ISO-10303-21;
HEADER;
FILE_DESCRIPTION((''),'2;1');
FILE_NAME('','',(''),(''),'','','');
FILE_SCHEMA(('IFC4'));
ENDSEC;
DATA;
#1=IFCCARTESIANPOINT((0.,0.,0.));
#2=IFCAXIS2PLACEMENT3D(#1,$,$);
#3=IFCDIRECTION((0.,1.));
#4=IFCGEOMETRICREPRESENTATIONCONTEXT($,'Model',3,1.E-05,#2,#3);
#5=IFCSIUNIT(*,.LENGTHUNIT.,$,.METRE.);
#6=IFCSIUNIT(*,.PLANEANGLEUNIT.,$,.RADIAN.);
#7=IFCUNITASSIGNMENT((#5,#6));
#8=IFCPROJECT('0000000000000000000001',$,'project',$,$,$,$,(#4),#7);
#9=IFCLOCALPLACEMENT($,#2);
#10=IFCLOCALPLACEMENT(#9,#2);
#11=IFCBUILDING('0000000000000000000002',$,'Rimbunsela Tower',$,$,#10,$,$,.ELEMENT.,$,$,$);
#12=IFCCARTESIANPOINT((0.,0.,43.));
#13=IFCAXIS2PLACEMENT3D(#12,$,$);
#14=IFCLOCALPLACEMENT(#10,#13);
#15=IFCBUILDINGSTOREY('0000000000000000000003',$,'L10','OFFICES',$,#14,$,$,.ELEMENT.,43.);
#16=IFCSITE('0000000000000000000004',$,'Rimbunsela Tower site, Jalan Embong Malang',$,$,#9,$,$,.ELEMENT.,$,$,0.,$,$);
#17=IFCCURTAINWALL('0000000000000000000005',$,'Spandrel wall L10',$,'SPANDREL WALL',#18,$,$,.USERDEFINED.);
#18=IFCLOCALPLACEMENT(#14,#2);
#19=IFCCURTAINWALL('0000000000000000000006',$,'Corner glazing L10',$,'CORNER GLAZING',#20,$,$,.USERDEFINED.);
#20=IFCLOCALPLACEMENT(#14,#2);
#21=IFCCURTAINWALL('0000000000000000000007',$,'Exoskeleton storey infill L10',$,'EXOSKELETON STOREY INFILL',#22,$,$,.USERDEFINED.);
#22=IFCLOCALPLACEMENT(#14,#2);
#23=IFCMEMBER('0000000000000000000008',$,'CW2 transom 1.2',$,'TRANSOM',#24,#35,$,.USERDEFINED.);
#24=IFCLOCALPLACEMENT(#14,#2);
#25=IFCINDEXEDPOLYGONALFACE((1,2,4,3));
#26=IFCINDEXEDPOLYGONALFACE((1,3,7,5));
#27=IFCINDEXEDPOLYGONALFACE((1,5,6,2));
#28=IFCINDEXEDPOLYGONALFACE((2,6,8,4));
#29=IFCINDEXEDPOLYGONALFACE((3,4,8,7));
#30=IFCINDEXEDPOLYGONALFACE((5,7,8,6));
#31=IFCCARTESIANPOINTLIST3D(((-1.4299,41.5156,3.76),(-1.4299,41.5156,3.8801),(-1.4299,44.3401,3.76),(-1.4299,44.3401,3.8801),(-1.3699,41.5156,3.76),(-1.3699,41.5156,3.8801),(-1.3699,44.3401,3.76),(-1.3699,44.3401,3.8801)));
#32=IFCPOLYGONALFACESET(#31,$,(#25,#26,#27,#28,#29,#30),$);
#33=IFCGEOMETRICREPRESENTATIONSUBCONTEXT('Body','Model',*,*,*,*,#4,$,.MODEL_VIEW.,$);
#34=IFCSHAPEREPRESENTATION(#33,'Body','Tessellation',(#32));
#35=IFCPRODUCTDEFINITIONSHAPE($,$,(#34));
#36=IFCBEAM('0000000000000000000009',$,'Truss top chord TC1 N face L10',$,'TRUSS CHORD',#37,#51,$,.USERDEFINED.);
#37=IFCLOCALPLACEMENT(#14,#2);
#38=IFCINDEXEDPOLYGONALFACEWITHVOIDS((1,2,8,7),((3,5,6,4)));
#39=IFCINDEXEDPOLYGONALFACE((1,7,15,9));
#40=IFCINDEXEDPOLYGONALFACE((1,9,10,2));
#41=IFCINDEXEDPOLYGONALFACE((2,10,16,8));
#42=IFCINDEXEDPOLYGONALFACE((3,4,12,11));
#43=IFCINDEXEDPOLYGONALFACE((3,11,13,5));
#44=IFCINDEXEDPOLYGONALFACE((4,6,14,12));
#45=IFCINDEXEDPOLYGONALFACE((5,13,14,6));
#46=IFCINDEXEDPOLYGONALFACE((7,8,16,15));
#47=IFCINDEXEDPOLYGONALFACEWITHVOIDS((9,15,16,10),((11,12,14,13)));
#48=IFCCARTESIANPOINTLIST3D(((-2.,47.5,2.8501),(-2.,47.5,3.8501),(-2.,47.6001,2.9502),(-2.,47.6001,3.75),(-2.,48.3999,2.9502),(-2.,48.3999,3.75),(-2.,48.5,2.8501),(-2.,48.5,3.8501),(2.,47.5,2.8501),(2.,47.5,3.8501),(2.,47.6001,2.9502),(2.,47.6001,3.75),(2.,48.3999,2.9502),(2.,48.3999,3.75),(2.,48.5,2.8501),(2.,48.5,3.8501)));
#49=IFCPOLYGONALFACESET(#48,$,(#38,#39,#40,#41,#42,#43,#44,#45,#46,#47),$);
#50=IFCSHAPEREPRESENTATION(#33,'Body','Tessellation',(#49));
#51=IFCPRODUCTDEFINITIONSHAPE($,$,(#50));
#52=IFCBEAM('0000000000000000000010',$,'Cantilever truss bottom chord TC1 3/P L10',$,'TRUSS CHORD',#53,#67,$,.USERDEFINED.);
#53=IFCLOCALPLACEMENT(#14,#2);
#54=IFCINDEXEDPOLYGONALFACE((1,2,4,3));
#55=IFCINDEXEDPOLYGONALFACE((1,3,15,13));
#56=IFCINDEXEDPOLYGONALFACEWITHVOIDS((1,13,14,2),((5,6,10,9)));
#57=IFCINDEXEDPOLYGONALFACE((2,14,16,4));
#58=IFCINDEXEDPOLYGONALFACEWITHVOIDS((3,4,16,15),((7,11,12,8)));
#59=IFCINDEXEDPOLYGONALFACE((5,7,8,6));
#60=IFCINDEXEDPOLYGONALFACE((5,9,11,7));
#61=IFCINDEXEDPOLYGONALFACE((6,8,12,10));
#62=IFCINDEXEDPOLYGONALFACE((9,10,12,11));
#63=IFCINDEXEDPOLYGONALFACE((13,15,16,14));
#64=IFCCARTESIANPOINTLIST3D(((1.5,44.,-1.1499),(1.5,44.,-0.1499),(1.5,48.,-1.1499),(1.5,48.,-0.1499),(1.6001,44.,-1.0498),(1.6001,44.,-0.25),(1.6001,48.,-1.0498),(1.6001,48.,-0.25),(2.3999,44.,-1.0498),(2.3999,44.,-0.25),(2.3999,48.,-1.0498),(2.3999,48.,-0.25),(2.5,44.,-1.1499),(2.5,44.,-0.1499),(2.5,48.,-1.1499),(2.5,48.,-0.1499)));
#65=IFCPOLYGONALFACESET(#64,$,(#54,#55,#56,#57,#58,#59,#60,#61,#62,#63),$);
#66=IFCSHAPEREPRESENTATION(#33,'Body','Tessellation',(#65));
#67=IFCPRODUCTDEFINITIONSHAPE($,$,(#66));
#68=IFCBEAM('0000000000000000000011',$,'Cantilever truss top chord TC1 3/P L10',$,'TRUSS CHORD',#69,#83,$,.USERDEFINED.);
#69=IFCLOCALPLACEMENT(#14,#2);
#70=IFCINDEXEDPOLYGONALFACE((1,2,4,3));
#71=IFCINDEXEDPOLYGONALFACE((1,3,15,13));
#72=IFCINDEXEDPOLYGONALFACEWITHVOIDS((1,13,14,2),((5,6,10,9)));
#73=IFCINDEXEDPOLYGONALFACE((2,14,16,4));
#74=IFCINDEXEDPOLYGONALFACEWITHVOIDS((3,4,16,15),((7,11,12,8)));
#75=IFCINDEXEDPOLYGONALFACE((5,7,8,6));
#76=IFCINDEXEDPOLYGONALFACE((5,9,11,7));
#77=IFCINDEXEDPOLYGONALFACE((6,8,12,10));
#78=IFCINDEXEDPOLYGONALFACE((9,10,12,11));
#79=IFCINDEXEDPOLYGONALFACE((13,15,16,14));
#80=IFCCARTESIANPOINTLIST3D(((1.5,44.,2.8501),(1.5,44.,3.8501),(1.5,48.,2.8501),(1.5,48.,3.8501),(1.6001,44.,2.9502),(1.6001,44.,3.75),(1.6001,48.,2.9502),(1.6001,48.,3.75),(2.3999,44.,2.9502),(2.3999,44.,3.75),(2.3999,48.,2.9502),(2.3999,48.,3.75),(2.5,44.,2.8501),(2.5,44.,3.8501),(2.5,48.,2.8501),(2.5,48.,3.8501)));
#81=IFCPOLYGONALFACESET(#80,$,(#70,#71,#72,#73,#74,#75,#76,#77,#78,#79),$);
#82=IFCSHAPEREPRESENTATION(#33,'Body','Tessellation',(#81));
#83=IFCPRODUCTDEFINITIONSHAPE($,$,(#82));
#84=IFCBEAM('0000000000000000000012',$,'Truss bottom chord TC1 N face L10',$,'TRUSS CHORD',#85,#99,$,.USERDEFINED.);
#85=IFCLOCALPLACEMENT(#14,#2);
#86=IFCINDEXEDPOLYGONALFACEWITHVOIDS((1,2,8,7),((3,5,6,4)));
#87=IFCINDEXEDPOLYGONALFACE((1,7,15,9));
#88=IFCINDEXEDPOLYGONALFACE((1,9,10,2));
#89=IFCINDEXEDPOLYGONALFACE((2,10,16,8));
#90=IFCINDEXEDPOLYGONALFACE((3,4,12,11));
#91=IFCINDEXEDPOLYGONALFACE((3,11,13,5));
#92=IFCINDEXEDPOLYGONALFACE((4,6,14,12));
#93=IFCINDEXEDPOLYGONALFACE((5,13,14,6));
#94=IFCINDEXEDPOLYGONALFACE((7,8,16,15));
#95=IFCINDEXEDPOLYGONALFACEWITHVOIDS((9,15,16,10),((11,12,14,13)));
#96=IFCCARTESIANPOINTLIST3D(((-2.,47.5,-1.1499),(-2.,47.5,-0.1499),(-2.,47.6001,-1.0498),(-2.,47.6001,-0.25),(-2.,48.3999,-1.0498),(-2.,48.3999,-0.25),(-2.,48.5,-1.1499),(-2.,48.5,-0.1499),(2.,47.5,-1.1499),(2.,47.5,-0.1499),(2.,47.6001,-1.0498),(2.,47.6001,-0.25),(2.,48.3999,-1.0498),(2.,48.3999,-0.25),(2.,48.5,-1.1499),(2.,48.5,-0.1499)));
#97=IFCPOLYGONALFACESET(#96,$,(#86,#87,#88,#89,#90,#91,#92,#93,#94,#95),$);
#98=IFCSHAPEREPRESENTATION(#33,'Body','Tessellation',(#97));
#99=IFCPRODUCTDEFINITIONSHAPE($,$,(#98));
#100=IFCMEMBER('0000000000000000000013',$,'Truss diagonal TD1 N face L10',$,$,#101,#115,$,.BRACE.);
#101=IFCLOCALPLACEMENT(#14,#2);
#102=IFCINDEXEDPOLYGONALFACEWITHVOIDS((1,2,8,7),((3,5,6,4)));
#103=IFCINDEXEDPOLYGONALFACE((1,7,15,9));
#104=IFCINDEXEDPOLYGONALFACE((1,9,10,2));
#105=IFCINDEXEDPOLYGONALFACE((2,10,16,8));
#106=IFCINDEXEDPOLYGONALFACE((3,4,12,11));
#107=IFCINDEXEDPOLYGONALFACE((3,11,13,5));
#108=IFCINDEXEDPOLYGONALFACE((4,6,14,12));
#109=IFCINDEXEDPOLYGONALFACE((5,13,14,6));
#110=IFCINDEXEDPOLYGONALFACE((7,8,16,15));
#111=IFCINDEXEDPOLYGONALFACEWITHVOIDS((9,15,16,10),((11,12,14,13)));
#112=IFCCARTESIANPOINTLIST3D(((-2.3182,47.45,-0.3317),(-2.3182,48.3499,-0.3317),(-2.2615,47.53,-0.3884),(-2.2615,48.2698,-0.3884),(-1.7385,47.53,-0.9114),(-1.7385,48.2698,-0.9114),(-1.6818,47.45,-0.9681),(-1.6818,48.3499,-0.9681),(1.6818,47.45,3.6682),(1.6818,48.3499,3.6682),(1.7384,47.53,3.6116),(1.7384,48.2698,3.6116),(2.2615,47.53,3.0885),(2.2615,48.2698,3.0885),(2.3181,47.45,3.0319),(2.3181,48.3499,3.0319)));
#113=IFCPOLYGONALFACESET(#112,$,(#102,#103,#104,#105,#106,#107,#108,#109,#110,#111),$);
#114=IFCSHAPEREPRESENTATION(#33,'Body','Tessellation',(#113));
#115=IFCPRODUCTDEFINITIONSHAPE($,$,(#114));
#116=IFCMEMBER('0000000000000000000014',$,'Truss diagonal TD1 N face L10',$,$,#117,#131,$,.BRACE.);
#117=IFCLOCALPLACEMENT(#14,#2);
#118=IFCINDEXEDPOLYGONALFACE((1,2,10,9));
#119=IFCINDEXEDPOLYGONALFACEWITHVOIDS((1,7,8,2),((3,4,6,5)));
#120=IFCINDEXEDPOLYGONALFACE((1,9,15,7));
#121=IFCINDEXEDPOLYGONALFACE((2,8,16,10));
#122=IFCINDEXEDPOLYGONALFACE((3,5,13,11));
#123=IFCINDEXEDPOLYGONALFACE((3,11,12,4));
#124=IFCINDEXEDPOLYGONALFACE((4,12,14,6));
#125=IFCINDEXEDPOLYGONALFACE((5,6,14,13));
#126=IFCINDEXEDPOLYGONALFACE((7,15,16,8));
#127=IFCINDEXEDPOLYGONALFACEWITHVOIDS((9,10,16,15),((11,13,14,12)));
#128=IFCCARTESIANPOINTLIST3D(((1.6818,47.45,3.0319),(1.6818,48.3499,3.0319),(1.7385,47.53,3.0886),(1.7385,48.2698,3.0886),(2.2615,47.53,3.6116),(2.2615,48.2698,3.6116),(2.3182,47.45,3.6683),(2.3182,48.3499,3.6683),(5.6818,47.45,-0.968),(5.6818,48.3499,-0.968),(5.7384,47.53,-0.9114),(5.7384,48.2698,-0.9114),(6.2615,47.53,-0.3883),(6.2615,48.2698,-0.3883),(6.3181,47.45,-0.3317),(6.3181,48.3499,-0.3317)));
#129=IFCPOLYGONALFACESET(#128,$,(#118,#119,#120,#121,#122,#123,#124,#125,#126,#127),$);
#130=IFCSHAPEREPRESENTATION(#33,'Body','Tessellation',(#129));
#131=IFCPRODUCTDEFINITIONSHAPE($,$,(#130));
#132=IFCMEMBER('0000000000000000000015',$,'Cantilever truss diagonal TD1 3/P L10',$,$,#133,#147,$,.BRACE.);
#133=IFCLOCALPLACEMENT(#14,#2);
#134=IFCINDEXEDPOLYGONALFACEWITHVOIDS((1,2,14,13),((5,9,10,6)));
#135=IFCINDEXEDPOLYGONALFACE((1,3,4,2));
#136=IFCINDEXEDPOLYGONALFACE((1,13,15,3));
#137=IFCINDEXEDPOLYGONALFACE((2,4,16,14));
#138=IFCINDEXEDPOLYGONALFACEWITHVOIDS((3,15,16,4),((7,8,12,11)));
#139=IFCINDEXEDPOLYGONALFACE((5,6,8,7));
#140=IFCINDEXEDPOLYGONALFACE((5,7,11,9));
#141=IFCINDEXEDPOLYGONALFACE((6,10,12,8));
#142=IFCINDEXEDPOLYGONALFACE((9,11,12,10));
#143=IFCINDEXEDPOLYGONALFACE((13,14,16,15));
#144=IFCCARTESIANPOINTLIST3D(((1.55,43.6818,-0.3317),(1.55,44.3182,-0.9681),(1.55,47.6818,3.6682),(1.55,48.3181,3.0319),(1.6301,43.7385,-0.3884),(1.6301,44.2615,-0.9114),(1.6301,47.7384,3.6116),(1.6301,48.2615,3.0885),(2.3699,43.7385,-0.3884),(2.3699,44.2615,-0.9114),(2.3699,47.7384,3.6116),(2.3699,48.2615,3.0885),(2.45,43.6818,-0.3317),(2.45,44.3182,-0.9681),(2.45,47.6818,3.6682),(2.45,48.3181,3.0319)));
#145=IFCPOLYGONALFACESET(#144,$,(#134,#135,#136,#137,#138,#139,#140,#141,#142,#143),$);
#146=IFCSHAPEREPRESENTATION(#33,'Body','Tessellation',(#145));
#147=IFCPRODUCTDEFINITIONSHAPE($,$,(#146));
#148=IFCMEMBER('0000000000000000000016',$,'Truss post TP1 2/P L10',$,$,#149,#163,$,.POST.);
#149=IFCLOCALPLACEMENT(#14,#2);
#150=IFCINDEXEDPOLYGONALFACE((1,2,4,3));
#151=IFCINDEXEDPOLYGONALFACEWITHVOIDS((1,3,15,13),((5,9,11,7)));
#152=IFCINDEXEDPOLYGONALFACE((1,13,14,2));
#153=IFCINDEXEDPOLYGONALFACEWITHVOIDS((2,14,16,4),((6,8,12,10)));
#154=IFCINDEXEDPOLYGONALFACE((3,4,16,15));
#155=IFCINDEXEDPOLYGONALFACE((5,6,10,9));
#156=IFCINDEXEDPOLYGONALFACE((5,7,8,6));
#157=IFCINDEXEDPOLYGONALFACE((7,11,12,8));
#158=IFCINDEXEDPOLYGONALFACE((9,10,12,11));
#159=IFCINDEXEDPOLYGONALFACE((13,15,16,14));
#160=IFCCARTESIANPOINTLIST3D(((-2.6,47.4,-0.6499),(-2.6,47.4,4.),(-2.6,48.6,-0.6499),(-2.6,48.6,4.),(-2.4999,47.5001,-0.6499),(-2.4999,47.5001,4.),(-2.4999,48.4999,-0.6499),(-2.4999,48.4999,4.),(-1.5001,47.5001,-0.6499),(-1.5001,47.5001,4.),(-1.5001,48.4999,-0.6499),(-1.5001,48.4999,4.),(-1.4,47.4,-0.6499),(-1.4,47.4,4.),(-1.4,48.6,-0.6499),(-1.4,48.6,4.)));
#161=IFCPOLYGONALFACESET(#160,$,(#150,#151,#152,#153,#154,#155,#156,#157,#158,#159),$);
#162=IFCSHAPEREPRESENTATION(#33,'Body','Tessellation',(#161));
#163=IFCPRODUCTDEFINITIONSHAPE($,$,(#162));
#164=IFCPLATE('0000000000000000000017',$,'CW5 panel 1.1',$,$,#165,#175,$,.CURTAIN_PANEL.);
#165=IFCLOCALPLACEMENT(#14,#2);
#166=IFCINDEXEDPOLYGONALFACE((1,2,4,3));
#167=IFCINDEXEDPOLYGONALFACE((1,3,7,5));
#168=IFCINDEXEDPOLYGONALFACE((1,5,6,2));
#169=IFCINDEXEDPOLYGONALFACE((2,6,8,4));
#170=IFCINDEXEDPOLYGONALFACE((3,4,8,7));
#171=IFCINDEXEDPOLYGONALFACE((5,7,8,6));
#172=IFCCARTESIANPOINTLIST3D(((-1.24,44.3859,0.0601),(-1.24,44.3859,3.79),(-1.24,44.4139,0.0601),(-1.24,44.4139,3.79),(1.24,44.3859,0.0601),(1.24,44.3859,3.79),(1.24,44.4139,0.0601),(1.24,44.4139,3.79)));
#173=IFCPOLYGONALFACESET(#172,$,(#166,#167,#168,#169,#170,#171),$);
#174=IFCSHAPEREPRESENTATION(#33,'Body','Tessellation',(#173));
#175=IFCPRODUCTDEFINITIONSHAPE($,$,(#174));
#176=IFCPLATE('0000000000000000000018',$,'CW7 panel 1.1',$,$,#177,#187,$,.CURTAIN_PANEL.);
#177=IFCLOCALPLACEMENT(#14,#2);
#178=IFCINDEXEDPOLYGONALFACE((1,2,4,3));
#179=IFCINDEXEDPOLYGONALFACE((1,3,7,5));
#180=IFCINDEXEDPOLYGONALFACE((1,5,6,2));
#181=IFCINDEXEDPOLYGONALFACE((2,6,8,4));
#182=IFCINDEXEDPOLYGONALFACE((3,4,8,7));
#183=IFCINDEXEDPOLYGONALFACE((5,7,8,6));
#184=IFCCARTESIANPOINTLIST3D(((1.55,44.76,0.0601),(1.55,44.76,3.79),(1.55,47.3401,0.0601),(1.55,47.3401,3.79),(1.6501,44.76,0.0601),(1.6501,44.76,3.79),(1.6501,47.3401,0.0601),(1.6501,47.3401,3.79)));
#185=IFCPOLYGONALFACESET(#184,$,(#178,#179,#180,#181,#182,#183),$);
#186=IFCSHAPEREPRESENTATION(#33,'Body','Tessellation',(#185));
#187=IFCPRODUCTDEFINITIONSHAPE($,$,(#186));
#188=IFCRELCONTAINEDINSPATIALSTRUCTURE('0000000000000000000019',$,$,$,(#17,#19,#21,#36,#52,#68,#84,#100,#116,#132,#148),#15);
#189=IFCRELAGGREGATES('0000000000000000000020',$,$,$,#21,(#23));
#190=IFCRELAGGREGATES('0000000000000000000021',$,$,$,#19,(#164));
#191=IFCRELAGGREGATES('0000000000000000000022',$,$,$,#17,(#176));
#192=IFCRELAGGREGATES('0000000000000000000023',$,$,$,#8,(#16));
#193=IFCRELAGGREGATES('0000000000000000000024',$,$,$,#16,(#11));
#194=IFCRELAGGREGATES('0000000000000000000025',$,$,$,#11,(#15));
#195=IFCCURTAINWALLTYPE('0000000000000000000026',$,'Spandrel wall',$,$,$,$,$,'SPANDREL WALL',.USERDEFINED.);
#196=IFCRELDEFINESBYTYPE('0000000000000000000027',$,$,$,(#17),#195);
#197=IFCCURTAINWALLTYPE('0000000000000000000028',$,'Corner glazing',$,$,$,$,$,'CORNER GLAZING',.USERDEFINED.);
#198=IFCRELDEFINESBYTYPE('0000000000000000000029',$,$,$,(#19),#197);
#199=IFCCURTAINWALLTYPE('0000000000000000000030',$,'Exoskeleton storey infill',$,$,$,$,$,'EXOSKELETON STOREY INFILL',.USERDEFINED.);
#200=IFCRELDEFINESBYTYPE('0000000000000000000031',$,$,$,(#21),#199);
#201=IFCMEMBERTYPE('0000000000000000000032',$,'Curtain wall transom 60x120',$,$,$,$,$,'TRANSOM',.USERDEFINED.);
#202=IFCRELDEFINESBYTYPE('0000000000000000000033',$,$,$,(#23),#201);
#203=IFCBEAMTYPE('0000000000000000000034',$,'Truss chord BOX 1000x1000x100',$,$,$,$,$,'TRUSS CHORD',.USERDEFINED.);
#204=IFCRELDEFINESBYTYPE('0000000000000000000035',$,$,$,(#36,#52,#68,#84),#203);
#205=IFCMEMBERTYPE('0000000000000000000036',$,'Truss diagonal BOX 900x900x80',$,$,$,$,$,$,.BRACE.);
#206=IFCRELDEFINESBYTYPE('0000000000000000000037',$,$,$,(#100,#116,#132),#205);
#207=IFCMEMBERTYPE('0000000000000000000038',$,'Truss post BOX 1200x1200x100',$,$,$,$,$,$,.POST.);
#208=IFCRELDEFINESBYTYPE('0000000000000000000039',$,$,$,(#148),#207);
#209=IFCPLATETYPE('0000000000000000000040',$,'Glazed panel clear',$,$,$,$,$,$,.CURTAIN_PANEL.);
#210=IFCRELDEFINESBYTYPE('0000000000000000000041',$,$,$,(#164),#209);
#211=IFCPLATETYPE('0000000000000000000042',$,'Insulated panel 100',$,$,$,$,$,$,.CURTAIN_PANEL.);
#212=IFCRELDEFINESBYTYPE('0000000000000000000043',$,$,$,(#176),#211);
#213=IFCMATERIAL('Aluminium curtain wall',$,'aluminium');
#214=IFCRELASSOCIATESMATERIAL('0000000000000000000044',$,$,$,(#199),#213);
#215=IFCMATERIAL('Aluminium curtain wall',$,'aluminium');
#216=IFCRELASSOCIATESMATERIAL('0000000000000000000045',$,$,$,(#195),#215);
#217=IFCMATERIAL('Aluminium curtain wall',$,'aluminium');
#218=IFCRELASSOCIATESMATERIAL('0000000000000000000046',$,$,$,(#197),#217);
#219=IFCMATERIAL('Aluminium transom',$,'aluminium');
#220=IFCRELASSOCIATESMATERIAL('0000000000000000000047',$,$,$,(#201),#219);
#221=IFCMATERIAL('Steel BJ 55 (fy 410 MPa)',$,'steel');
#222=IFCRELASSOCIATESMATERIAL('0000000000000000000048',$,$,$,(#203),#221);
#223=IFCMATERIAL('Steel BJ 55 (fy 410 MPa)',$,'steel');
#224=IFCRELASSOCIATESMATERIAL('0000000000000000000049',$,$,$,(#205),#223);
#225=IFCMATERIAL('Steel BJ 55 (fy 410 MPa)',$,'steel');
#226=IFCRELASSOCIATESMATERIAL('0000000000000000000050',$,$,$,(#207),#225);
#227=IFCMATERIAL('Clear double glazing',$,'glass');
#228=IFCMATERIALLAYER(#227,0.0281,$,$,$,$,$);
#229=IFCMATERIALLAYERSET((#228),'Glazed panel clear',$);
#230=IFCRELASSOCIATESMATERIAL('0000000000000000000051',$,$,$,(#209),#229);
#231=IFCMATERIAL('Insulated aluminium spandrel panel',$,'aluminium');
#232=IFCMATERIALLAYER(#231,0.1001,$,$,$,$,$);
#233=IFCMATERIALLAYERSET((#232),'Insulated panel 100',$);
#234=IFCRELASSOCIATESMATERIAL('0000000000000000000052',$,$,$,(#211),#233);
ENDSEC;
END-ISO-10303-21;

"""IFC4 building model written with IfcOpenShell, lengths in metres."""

from ifc_helpers import new_model, si_unit, direction, frame, origin, origin_2d, place, context, subcontext, project, spatial, rectangle, hollow_rectangle, extrude, material, layer, layer_set, material_profile, profile_set, type_object, element, aggregate, save


model = new_model("IFC4")

# Units and contexts
model_context = context("Model", 3, precision=1e-05, world=origin(), true_north=direction((0.0, 1.0)))
body_context = subcontext(model_context, "Body", "Model", "MODEL_VIEW")
ifc_project = project(units=[si_unit("LENGTHUNIT", "METRE"), si_unit("PLANEANGLEUNIT", "RADIAN")], contexts=[model_context])

# Site, building, storey
site_placement = place(None, origin())
site = spatial("IfcSite", under=ifc_project, at=site_placement, Name="Rimbunsela Tower site, Jalan Embong Malang", CompositionType="ELEMENT", RefElevation=0.0)
building_placement = place(site_placement, origin())
building = spatial("IfcBuilding", under=site, at=building_placement, Name="Rimbunsela Tower", CompositionType="ELEMENT")
storey_placement = place(building_placement, frame((0.0, 0.0, 43.0)))
storey = spatial("IfcBuildingStorey", under=building, at=storey_placement, Name="L10", Description="OFFICES", CompositionType="ELEMENT", Elevation=43.0)

# Shared definitions
ifc_material_1 = material(Name="Aluminium curtain wall", Category="aluminium")
curtain_wall_type_1 = type_object("IfcCurtainWallType", Name="Exoskeleton storey infill", ElementType="EXOSKELETON STOREY INFILL", PredefinedType="USERDEFINED", material=ifc_material_1)

# Curtain walls
ifc_material_2 = material(Name="Aluminium curtain wall", Category="aluminium")
curtain_wall_type_2 = type_object("IfcCurtainWallType", Name="Spandrel wall", ElementType="SPANDREL WALL", PredefinedType="USERDEFINED", material=ifc_material_2)
curtain_wall_1_placement = place(storey_placement, origin())
curtain_wall_1 = element("IfcCurtainWall", 1, at=curtain_wall_1_placement, inside=storey, type_object=curtain_wall_type_2, Name="Spandrel wall L10", ObjectType="SPANDREL WALL", PredefinedType="USERDEFINED")
ifc_material_3 = material(Name="Aluminium curtain wall", Category="aluminium")
curtain_wall_type_3 = type_object("IfcCurtainWallType", Name="Corner glazing", ElementType="CORNER GLAZING", PredefinedType="USERDEFINED", material=ifc_material_3)
curtain_wall_2_placement = place(storey_placement, origin())
curtain_wall_2 = element("IfcCurtainWall", 2, at=curtain_wall_2_placement, inside=storey, type_object=curtain_wall_type_3, Name="Corner glazing L10", ObjectType="CORNER GLAZING", PredefinedType="USERDEFINED")

# Curtain wall
curtain_wall_3_placement = place(storey_placement, origin())
curtain_wall_3 = element("IfcCurtainWall", 3, at=curtain_wall_3_placement, inside=storey, type_object=curtain_wall_type_1, Name="Exoskeleton storey infill L10", ObjectType="EXOSKELETON STOREY INFILL", PredefinedType="USERDEFINED")

# Member
ifc_material_4 = material(Name="Aluminium transom", Category="aluminium")
ifc_material_profile_1 = material_profile(ifc_material_4, rectangle(XDim=0.0601, YDim=0.1201, at=origin_2d()), Name="Transom 60x120")
ifc_profile_set_1 = profile_set([ifc_material_profile_1], Name="Aluminium transom")
member_type_1 = type_object("IfcMemberType", Name="Curtain wall transom 60x120", ElementType="TRANSOM", PredefinedType="USERDEFINED", material=ifc_profile_set_1)
member_1_placement = place(storey_placement, frame((-1.3999, 44.3401, 3.8201), z_axis=(0.0, -1.0, 0.0), x_axis=(1.0, 0.0, 0.0)))
member_1 = element("IfcMember", 4, at=member_1_placement, type_object=member_type_1, Name="CW2 transom 1.2", ObjectType="TRANSOM", PredefinedType="USERDEFINED", context=body_context, shape_type="SweptSolid", body=[
    extrude(rectangle(XDim=0.0601, YDim=0.1201, at=origin_2d()), origin(), (0.0, 0.0, 1.0), 2.8245),
])
aggregate(curtain_wall_3, [member_1])

# Beams
ifc_material_5 = material(Name="Steel BJ 55 (fy 410 MPa)", Category="steel")
ifc_material_profile_2 = material_profile(ifc_material_5, hollow_rectangle(XDim=1.0, YDim=1.0, WallThickness=0.1001, at=origin_2d()), Name="BOX 1000x1000x100")
ifc_profile_set_2 = profile_set([ifc_material_profile_2], Name="Steel BJ 55 (fy 410 MPa)")
beam_type_1 = type_object("IfcBeamType", Name="Truss chord BOX 1000x1000x100", ElementType="TRUSS CHORD", PredefinedType="USERDEFINED", material=ifc_profile_set_2)
for number, where, z_axis, x_axis, name in (
    (5, (-2.0, 48.0, 3.3501), (1.0, 0.0, 0.0), (0.0, 1.0, 0.0), "Truss top chord TC1 N face L10"),
    (6, (2.0, 44.0, -0.6499), (0.0, 1.0, 0.0), (-1.0, 0.0, 0.0), "Cantilever truss bottom chord TC1 3/P L10"),
    (7, (2.0, 44.0, 3.3501), (0.0, 1.0, 0.0), (-1.0, 0.0, 0.0), "Cantilever truss top chord TC1 3/P L10"),
    (8, (-2.0, 48.0, -0.6499), (1.0, 0.0, 0.0), (0.0, 1.0, 0.0), "Truss bottom chord TC1 N face L10"),
):
    element("IfcBeam", number, at=place(storey_placement, frame(where, z_axis=z_axis, x_axis=x_axis)), inside=storey, type_object=beam_type_1, Name=name, ObjectType="TRUSS CHORD", PredefinedType="USERDEFINED", context=body_context, shape_type="SweptSolid", body=[
        extrude(hollow_rectangle(XDim=1.0, YDim=1.0, WallThickness=0.1001, at=origin_2d()), origin(), (0.0, 0.0, 1.0), 4.0),
    ])

# Members
ifc_material_6 = material(Name="Steel BJ 55 (fy 410 MPa)", Category="steel")
ifc_material_profile_3 = material_profile(ifc_material_6, hollow_rectangle(XDim=0.8999, YDim=0.8999, WallThickness=0.0801, at=origin_2d()), Name="BOX 900x900x80")
ifc_profile_set_3 = profile_set([ifc_material_profile_3], Name="Steel BJ 55 (fy 410 MPa)")
member_type_2 = type_object("IfcMemberType", Name="Truss diagonal BOX 900x900x80", PredefinedType="BRACE", material=ifc_profile_set_3)
for number, where, z_axis, x_axis, name in (
    (9, (-2.0, 47.8999, -0.6499), (0.707107, 0.0, 0.707107), (0.0, 1.0, 0.0), "Truss diagonal TD1 N face L10"),
    (10, (2.0, 47.8999, 3.3501), (0.707107, 0.0, -0.707107), (0.0, 1.0, 0.0), "Truss diagonal TD1 N face L10"),
    (11, (2.0, 44.0, -0.6499), (0.0, 0.707107, 0.707107), (-1.0, 0.0, 0.0), "Cantilever truss diagonal TD1 3/P L10"),
):
    element("IfcMember", number, at=place(storey_placement, frame(where, z_axis=z_axis, x_axis=x_axis)), inside=storey, type_object=member_type_2, Name=name, PredefinedType="BRACE", context=body_context, shape_type="SweptSolid", body=[
        extrude(hollow_rectangle(XDim=0.8999, YDim=0.8999, WallThickness=0.0801, at=origin_2d()), origin(), (0.0, 0.0, 1.0), 5.6567),
    ])
ifc_material_7 = material(Name="Steel BJ 55 (fy 410 MPa)", Category="steel")
ifc_material_profile_4 = material_profile(ifc_material_7, hollow_rectangle(XDim=1.2, YDim=1.2, WallThickness=0.1001, at=origin_2d()), Name="BOX 1200x1200x100")
ifc_profile_set_4 = profile_set([ifc_material_profile_4], Name="Steel BJ 55 (fy 410 MPa)")
member_type_3 = type_object("IfcMemberType", Name="Truss post BOX 1200x1200x100", PredefinedType="POST", material=ifc_profile_set_4)
member_2_placement = place(storey_placement, frame((-2.0, 48.0, -0.6499), z_axis=(0.0, 0.0, 1.0), x_axis=(1.0, 0.0, 0.0)))
element("IfcMember", 12, at=member_2_placement, inside=storey, type_object=member_type_3, Name="Truss post TP1 2/P L10", PredefinedType="POST", context=body_context, shape_type="SweptSolid", body=[
    extrude(hollow_rectangle(XDim=1.2, YDim=1.2, WallThickness=0.1001, at=origin_2d()), origin(), (0.0, 0.0, 1.0), 4.6499),
])

# Plates
ifc_material_8 = material(Name="Clear double glazing", Category="glass")
ifc_layer_1 = layer(ifc_material_8, 0.0281)
ifc_layer_set_1 = layer_set([ifc_layer_1], Name="Glazed panel clear")
plate_type_1 = type_object("IfcPlateType", Name="Glazed panel clear", PredefinedType="CURTAIN_PANEL", material=ifc_layer_set_1)
plate_1_placement = place(storey_placement, frame((0.0, 44.3999, 0.0601), z_axis=(0.0, 0.0, 1.0), x_axis=(-1.0, 0.0, 0.0)))
plate_1 = element("IfcPlate", 13, at=plate_1_placement, type_object=plate_type_1, Name="CW5 panel 1.1", PredefinedType="CURTAIN_PANEL", context=body_context, shape_type="SweptSolid", body=[
    extrude(rectangle(XDim=2.48, YDim=0.0281, at=origin_2d()), origin(), (0.0, 0.0, 1.0), 3.73),
])
aggregate(curtain_wall_2, [plate_1])
ifc_material_9 = material(Name="Insulated aluminium spandrel panel", Category="aluminium")
ifc_layer_2 = layer(ifc_material_9, 0.1001)
ifc_layer_set_2 = layer_set([ifc_layer_2], Name="Insulated panel 100")
plate_type_2 = type_object("IfcPlateType", Name="Insulated panel 100", PredefinedType="CURTAIN_PANEL", material=ifc_layer_set_2)
plate_2_placement = place(storey_placement, frame((1.6001, 46.05, 0.0601), z_axis=(0.0, 0.0, 1.0), x_axis=(0.0, -1.0, 0.0)))
plate_2 = element("IfcPlate", 14, at=plate_2_placement, type_object=plate_type_2, Name="CW7 panel 1.1", PredefinedType="CURTAIN_PANEL", context=body_context, shape_type="SweptSolid", body=[
    extrude(rectangle(XDim=2.5801, YDim=0.1001, at=origin_2d()), origin(), (0.0, 0.0, 1.0), 3.73),
])
aggregate(curtain_wall_1, [plate_2])

save(model, "model.ifc")
